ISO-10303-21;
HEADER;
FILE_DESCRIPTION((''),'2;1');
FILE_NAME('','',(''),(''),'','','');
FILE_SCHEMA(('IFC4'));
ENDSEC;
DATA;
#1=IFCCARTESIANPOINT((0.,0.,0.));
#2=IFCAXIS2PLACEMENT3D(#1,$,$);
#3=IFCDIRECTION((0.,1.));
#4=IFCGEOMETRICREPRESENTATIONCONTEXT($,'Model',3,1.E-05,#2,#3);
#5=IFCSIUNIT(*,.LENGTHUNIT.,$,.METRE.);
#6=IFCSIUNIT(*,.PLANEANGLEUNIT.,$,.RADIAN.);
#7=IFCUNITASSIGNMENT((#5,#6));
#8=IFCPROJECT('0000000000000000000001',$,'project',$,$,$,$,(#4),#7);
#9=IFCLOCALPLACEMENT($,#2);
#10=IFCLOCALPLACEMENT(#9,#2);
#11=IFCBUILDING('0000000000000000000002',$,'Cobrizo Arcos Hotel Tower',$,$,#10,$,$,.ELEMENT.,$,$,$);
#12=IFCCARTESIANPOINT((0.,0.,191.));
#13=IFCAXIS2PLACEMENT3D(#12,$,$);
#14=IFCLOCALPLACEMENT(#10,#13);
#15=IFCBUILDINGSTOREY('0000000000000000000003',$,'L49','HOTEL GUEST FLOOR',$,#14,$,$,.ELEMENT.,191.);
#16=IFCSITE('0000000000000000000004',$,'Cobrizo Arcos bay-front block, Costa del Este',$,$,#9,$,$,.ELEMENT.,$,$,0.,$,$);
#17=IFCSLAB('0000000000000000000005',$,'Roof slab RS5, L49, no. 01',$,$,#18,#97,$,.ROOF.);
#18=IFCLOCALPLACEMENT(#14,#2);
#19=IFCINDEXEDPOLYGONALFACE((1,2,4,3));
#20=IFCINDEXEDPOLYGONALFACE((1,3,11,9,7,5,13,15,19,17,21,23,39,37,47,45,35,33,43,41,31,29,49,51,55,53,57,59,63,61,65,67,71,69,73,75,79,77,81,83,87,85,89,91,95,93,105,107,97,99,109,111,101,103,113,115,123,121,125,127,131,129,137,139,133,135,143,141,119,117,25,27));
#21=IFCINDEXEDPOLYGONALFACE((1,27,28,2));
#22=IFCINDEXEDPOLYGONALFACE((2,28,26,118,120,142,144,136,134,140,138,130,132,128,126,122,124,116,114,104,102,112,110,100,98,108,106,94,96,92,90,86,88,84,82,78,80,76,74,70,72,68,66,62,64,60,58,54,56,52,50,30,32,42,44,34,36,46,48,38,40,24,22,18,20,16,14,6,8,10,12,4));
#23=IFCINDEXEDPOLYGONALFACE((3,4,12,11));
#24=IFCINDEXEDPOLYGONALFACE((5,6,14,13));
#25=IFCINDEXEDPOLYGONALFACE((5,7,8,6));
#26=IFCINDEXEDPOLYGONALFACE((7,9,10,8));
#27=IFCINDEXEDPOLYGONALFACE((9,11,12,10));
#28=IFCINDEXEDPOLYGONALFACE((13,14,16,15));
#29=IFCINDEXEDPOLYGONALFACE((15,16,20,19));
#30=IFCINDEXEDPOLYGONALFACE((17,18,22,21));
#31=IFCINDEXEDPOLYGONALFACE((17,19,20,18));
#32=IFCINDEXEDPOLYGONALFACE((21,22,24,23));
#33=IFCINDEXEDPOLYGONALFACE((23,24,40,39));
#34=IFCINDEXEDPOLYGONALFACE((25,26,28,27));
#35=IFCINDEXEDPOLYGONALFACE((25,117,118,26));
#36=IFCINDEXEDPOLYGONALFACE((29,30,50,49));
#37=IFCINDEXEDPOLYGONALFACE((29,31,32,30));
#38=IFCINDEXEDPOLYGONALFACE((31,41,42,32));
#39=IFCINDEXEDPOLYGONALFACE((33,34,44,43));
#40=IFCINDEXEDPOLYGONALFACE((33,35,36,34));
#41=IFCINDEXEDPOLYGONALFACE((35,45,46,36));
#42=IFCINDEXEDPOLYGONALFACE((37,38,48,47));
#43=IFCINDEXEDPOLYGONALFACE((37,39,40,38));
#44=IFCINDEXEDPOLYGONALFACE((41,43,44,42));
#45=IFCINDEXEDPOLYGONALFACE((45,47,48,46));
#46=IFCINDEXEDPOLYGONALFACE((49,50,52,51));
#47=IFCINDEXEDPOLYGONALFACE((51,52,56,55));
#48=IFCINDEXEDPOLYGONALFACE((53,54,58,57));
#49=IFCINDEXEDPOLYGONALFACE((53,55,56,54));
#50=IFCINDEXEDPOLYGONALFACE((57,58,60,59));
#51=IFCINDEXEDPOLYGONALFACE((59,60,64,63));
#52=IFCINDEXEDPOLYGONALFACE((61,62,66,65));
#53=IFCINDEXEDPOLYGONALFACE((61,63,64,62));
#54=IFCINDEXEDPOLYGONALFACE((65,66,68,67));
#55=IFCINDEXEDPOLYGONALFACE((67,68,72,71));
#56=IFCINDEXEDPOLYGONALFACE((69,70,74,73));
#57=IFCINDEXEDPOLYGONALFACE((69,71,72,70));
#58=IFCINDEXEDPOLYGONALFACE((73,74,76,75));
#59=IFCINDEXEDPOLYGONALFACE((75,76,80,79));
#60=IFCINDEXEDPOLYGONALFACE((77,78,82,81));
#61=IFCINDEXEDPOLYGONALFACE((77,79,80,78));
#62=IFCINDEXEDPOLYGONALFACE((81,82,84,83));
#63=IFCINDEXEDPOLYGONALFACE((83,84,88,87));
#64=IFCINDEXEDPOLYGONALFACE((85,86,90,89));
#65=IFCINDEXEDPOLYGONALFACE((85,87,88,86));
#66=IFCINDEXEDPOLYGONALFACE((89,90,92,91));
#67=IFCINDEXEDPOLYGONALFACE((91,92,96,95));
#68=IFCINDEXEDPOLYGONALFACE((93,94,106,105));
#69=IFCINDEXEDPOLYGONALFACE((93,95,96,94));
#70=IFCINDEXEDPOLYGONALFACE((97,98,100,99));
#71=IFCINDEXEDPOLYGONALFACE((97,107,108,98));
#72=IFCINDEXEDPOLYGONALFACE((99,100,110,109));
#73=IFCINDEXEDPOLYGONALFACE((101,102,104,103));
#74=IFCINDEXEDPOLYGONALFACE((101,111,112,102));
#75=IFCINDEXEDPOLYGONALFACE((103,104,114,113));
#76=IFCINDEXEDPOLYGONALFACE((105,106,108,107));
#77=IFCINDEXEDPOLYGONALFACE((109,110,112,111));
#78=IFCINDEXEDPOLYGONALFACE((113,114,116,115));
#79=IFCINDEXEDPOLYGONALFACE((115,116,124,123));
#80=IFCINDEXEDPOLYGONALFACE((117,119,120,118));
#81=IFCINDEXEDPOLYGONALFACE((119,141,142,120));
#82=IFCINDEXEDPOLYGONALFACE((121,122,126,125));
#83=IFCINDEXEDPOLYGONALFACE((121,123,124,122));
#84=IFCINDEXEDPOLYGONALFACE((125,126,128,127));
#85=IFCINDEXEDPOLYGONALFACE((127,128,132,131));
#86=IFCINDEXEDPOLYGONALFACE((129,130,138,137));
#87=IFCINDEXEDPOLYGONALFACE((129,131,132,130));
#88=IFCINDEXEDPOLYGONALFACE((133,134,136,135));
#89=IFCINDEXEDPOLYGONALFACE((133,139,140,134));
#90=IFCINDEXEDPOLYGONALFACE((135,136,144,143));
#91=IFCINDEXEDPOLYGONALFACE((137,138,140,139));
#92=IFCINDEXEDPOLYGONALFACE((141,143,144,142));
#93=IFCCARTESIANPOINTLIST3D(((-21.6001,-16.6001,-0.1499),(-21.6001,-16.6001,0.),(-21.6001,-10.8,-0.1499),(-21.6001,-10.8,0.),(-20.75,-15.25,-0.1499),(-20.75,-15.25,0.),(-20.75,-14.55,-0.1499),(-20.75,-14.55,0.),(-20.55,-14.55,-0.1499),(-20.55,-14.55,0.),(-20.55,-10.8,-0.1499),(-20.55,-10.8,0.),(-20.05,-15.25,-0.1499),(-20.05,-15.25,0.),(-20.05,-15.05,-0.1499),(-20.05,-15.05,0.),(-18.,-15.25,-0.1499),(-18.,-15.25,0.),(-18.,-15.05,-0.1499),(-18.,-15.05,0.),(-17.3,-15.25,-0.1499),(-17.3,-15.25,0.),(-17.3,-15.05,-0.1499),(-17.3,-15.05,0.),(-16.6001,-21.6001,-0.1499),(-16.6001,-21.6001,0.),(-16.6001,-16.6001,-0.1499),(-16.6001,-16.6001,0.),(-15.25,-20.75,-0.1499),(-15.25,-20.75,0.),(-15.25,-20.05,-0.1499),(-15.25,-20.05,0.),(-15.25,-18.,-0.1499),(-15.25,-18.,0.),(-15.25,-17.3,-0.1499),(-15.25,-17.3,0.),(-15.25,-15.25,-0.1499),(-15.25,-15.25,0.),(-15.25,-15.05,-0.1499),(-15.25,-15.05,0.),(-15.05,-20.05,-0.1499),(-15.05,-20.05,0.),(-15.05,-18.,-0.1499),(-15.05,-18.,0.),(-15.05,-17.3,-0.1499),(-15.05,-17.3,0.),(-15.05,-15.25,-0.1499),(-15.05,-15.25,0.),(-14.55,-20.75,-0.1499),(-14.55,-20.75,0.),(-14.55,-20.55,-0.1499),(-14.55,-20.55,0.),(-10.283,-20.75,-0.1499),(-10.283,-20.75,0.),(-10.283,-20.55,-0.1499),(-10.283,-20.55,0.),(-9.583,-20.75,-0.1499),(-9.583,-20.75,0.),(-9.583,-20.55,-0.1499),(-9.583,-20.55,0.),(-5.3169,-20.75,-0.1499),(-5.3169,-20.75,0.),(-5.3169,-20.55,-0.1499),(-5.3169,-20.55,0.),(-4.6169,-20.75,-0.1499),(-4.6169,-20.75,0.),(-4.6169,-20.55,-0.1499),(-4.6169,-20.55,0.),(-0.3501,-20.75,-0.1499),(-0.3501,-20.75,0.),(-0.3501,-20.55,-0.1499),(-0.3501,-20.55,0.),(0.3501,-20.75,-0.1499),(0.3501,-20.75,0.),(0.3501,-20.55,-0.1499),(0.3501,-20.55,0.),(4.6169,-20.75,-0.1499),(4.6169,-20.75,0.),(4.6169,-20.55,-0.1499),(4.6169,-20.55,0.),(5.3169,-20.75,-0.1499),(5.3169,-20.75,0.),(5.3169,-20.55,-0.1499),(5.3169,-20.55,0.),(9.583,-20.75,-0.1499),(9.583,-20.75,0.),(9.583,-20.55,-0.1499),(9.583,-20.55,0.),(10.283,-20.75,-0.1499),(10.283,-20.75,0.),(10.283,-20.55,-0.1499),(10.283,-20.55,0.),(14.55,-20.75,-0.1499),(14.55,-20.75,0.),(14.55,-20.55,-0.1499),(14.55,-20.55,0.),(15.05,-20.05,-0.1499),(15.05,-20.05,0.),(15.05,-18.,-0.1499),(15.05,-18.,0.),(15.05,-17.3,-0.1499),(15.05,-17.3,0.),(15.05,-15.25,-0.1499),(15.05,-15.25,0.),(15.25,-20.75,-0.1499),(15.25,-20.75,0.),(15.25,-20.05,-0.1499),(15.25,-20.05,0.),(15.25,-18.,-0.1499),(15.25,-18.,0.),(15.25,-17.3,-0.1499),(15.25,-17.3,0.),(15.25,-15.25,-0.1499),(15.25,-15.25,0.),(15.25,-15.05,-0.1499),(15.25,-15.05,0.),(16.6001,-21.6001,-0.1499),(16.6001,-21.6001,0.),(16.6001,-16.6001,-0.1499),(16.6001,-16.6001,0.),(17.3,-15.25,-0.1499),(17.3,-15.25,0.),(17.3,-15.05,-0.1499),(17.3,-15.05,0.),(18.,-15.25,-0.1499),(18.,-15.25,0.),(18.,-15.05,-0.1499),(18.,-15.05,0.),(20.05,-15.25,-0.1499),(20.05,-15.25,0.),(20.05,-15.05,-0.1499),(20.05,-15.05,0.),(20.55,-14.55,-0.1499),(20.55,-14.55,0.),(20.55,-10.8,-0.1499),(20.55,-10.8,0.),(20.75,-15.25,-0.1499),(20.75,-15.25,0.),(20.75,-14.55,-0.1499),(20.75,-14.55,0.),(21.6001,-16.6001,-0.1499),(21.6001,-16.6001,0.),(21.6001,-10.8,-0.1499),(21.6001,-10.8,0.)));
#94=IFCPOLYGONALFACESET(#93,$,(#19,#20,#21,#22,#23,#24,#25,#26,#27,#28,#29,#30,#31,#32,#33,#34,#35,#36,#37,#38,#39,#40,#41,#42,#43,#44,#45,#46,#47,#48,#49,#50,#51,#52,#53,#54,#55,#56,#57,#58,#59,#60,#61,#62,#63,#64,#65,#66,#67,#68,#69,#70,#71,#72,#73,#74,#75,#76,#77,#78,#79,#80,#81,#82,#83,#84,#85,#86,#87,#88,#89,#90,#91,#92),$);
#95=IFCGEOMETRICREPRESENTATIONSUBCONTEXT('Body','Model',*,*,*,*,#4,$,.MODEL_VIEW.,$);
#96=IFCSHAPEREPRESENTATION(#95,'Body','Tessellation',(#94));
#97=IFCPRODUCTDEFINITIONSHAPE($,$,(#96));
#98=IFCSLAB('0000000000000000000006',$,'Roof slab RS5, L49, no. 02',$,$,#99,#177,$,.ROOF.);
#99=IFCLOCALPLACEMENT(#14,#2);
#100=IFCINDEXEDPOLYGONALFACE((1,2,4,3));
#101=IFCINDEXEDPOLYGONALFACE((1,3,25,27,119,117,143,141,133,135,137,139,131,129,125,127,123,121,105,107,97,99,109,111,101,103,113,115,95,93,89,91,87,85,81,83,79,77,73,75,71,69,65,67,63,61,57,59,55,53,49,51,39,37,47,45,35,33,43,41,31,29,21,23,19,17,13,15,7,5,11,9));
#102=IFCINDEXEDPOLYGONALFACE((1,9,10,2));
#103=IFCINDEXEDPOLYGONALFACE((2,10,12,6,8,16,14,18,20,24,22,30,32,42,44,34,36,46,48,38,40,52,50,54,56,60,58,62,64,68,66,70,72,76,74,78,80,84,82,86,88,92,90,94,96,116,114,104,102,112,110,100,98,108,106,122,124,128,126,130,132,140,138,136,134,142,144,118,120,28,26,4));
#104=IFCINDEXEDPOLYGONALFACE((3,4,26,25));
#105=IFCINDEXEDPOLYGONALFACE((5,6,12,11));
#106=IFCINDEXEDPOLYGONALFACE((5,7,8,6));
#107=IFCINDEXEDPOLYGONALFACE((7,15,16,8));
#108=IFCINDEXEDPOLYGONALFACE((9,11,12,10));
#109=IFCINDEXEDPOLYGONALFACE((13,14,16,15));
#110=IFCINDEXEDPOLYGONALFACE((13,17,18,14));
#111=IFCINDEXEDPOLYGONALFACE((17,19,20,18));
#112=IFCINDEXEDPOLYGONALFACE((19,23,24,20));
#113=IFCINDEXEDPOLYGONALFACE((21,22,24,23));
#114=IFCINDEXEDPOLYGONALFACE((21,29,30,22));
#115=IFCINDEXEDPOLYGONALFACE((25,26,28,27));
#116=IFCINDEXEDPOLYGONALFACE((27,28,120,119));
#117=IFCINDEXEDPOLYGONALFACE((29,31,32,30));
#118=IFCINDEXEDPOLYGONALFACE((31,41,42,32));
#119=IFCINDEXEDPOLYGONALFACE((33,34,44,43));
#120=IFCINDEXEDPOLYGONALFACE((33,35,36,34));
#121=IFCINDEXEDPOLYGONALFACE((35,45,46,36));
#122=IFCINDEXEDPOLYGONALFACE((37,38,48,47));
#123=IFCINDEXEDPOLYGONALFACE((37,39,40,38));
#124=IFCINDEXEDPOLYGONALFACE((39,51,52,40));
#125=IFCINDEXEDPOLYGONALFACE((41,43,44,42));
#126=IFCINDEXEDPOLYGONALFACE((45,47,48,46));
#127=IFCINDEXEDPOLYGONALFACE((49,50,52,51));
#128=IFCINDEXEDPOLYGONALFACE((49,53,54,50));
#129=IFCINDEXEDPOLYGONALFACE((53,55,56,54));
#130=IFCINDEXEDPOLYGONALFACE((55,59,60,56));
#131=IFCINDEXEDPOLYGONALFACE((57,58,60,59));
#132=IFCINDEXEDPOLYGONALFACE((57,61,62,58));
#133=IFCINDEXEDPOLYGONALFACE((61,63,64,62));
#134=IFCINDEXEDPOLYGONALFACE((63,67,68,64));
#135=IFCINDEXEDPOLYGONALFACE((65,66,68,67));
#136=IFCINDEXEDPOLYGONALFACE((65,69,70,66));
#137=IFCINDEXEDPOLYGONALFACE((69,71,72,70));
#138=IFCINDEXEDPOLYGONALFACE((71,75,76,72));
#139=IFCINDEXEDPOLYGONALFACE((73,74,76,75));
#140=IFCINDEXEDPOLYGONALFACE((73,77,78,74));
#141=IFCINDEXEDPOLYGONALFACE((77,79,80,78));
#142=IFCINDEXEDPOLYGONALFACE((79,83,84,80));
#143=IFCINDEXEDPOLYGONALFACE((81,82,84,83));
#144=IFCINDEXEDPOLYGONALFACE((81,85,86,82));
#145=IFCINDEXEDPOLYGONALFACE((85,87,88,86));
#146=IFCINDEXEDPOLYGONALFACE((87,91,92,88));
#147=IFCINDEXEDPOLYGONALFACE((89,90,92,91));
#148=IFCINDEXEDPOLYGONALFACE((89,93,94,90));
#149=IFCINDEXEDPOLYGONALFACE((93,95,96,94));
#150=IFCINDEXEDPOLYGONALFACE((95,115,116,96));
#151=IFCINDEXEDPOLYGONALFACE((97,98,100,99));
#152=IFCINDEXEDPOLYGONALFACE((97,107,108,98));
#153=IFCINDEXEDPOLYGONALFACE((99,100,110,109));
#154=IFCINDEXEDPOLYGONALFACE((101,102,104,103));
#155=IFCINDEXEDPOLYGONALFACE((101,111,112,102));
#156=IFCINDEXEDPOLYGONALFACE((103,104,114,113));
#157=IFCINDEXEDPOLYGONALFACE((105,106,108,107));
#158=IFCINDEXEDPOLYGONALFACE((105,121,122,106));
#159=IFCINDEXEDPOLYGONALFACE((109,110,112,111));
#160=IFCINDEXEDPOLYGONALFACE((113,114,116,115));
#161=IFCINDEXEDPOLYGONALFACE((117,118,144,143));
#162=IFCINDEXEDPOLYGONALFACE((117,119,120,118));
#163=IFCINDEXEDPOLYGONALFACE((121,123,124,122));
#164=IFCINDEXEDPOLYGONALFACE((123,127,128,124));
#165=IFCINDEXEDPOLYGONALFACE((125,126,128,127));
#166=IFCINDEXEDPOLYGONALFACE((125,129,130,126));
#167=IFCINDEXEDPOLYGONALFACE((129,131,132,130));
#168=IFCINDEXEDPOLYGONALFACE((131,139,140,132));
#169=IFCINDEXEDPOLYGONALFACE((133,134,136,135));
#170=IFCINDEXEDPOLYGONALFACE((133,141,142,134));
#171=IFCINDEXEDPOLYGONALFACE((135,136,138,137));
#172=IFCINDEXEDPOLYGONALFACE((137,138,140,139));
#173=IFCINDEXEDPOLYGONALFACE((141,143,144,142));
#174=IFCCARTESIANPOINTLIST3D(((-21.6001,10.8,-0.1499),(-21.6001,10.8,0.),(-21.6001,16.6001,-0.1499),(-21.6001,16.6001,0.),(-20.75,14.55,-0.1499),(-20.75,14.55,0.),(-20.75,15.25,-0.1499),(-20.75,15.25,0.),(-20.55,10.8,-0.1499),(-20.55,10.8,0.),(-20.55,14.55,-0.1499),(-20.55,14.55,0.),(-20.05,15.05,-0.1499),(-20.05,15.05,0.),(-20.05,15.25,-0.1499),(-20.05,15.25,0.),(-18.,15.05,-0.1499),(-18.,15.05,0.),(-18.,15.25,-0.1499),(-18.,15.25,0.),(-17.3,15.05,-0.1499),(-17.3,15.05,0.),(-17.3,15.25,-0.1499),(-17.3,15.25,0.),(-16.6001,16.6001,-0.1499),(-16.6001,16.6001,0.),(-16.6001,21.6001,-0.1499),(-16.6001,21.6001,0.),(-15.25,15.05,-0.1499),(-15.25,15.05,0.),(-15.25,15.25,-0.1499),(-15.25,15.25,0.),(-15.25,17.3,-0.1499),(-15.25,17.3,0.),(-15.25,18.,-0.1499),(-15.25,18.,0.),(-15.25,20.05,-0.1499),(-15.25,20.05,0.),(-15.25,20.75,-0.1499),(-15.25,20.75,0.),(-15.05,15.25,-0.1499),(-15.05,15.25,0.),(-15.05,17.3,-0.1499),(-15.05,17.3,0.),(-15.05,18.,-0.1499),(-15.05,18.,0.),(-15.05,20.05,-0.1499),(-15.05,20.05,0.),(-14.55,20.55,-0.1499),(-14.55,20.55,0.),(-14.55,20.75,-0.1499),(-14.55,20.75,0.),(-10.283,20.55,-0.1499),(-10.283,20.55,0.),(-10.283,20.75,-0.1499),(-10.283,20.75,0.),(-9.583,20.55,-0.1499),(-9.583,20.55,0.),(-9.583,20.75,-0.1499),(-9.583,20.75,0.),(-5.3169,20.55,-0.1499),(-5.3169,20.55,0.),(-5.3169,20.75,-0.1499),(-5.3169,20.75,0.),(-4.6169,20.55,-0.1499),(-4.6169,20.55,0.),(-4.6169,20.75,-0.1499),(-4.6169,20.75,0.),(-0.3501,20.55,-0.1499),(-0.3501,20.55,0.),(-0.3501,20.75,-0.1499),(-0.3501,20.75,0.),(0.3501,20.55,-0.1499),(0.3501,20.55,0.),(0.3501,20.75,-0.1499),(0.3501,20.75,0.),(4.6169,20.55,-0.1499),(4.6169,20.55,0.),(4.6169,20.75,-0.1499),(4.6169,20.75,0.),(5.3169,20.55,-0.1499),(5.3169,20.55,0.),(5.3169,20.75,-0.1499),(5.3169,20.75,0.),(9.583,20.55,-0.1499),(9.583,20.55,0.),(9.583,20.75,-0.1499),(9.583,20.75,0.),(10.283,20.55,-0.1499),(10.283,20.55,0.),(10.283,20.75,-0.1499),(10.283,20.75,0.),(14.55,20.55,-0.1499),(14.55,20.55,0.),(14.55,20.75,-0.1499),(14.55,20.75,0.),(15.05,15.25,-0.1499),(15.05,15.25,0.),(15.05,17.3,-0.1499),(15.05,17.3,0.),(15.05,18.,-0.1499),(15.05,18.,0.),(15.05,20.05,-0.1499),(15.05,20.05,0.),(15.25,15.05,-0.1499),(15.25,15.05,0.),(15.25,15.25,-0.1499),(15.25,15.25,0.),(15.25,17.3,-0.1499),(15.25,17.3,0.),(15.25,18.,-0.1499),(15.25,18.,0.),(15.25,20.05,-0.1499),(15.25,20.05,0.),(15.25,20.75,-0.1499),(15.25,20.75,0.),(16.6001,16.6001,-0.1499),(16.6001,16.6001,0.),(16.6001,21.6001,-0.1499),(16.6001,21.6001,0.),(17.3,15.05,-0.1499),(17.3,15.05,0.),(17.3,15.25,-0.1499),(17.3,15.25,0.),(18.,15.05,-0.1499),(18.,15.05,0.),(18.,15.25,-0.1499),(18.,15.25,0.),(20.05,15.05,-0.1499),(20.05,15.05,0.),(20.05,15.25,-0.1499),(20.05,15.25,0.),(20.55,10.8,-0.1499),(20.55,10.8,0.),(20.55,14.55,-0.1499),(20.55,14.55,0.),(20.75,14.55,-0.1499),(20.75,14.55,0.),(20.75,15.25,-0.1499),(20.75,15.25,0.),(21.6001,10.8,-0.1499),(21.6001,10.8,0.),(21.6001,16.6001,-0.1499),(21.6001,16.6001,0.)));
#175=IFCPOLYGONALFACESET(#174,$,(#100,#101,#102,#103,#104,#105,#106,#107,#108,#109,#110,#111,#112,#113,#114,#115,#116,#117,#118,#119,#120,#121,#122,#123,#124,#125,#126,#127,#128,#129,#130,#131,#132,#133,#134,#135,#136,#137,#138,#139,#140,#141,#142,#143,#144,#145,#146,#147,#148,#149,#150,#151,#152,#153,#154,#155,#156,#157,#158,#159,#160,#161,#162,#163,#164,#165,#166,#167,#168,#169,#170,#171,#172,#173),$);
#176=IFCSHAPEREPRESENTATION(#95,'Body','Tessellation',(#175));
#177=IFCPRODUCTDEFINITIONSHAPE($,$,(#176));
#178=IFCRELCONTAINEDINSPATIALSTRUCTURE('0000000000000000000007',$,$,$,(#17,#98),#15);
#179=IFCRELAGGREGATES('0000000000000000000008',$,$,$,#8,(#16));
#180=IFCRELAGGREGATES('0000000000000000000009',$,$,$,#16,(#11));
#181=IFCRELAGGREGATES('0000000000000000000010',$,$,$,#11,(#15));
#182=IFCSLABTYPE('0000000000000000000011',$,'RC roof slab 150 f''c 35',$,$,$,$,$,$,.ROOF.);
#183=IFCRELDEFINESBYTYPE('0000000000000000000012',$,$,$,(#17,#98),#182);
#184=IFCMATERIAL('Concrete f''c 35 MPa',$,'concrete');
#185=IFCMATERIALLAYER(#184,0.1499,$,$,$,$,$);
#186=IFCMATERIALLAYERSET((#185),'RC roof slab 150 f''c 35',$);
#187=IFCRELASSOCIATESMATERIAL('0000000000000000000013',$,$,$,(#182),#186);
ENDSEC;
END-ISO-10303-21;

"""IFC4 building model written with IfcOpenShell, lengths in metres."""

from ifc_helpers import new_model, si_unit, direction, frame, origin, place, context, subcontext, project, spatial, polyline, outline, extrude, material, layer, layer_set, type_object, element, save


model = new_model("IFC4")

# Units and contexts
model_context = context("Model", 3, precision=1e-05, world=origin(), true_north=direction((0.0, 1.0)))
body_context = subcontext(model_context, "Body", "Model", "MODEL_VIEW")
ifc_project = project(units=[si_unit("LENGTHUNIT", "METRE"), si_unit("PLANEANGLEUNIT", "RADIAN")], contexts=[model_context])

# Site, building, storey
site_placement = place(None, origin())
site = spatial("IfcSite", under=ifc_project, at=site_placement, Name="Cobrizo Arcos bay-front block, Costa del Este", CompositionType="ELEMENT", RefElevation=0.0)
building_placement = place(site_placement, origin())
building = spatial("IfcBuilding", under=site, at=building_placement, Name="Cobrizo Arcos Hotel Tower", CompositionType="ELEMENT")
storey_placement = place(building_placement, frame((0.0, 0.0, 191.0)))
storey = spatial("IfcBuildingStorey", under=building, at=storey_placement, Name="L49", Description="HOTEL GUEST FLOOR", CompositionType="ELEMENT", Elevation=191.0)

# Slabs
ifc_material_1 = material(Name="Concrete f'c 35 MPa", Category="concrete")
ifc_layer_1 = layer(ifc_material_1, 0.1499)
ifc_layer_set_1 = layer_set([ifc_layer_1], Name="RC roof slab 150 f'c 35")
slab_type_1 = type_object("IfcSlabType", Name="RC roof slab 150 f'c 35", PredefinedType="ROOF", material=ifc_layer_set_1)
slab_1_placement = place(storey_placement, frame((0.0, 0.0, -0.1499)))
element("IfcSlab", 1, at=slab_1_placement, inside=storey, type_object=slab_type_1, Name="Roof slab RS5, L49, no. 01", PredefinedType="ROOF", context=body_context, shape_type="SweptSolid", body=[
    extrude(outline(polyline([(-21.6001, -10.8), (-20.55, -10.8), (-20.55, -14.55), (-20.75, -14.55), (-20.75, -15.25), (-20.05, -15.25), (-20.05, -15.05), (-18.0, -15.05), (-18.0, -15.25), (-17.3, -15.25), (-17.3, -15.05), (-15.25, -15.05), (-15.25, -15.25), (-15.05, -15.25), (-15.05, -17.3), (-15.25, -17.3), (-15.25, -18.0), (-15.05, -18.0), (-15.05, -20.05), (-15.25, -20.05), (-15.25, -20.75), (-14.55, -20.75), (-14.55, -20.55), (-10.283, -20.55), (-10.283, -20.75), (-9.583, -20.75), (-9.583, -20.55), (-5.3169, -20.55), (-5.3169, -20.75), (-4.6169, -20.75), (-4.6169, -20.55), (-0.3501, -20.55), (-0.3501, -20.75), (0.3501, -20.75), (0.3501, -20.55), (4.6169, -20.55), (4.6169, -20.75), (5.3169, -20.75), (5.3169, -20.55), (9.583, -20.55), (9.583, -20.75), (10.283, -20.75), (10.283, -20.55), (14.55, -20.55), (14.55, -20.75), (15.25, -20.75), (15.25, -20.05), (15.05, -20.05), (15.05, -18.0), (15.25, -18.0), (15.25, -17.3), (15.05, -17.3), (15.05, -15.25), (15.25, -15.25), (15.25, -15.05), (17.3, -15.05), (17.3, -15.25), (18.0, -15.25), (18.0, -15.05), (20.05, -15.05), (20.05, -15.25), (20.75, -15.25), (20.75, -14.55), (20.55, -14.55), (20.55, -10.8), (21.6001, -10.8), (21.6001, -16.6001), (16.6001, -16.6001), (16.6001, -21.6001), (-16.6001, -21.6001), (-16.6001, -16.6001), (-21.6001, -16.6001), (-21.6001, -10.8)])), origin(), (0.0, 0.0, 1.0), 0.1499),
])
slab_2_placement = place(storey_placement, frame((0.0, 0.0, -0.1499)))
element("IfcSlab", 2, at=slab_2_placement, inside=storey, type_object=slab_type_1, Name="Roof slab RS5, L49, no. 02", PredefinedType="ROOF", context=body_context, shape_type="SweptSolid", body=[
    extrude(outline(polyline([(-21.6001, 16.6001), (-16.6001, 16.6001), (-16.6001, 21.6001), (16.6001, 21.6001), (16.6001, 16.6001), (21.6001, 16.6001), (21.6001, 10.8), (20.55, 10.8), (20.55, 14.55), (20.75, 14.55), (20.75, 15.25), (20.05, 15.25), (20.05, 15.05), (18.0, 15.05), (18.0, 15.25), (17.3, 15.25), (17.3, 15.05), (15.25, 15.05), (15.25, 15.25), (15.05, 15.25), (15.05, 17.3), (15.25, 17.3), (15.25, 18.0), (15.05, 18.0), (15.05, 20.05), (15.25, 20.05), (15.25, 20.75), (14.55, 20.75), (14.55, 20.55), (10.283, 20.55), (10.283, 20.75), (9.583, 20.75), (9.583, 20.55), (5.3169, 20.55), (5.3169, 20.75), (4.6169, 20.75), (4.6169, 20.55), (0.3501, 20.55), (0.3501, 20.75), (-0.3501, 20.75), (-0.3501, 20.55), (-4.6169, 20.55), (-4.6169, 20.75), (-5.3169, 20.75), (-5.3169, 20.55), (-9.583, 20.55), (-9.583, 20.75), (-10.283, 20.75), (-10.283, 20.55), (-14.55, 20.55), (-14.55, 20.75), (-15.25, 20.75), (-15.25, 20.05), (-15.05, 20.05), (-15.05, 18.0), (-15.25, 18.0), (-15.25, 17.3), (-15.05, 17.3), (-15.05, 15.25), (-15.25, 15.25), (-15.25, 15.05), (-17.3, 15.05), (-17.3, 15.25), (-18.0, 15.25), (-18.0, 15.05), (-20.05, 15.05), (-20.05, 15.25), (-20.75, 15.25), (-20.75, 14.55), (-20.55, 14.55), (-20.55, 10.8), (-21.6001, 10.8), (-21.6001, 16.6001)])), origin(), (0.0, 0.0, 1.0), 0.1499),
])

save(model, "model.ifc")
